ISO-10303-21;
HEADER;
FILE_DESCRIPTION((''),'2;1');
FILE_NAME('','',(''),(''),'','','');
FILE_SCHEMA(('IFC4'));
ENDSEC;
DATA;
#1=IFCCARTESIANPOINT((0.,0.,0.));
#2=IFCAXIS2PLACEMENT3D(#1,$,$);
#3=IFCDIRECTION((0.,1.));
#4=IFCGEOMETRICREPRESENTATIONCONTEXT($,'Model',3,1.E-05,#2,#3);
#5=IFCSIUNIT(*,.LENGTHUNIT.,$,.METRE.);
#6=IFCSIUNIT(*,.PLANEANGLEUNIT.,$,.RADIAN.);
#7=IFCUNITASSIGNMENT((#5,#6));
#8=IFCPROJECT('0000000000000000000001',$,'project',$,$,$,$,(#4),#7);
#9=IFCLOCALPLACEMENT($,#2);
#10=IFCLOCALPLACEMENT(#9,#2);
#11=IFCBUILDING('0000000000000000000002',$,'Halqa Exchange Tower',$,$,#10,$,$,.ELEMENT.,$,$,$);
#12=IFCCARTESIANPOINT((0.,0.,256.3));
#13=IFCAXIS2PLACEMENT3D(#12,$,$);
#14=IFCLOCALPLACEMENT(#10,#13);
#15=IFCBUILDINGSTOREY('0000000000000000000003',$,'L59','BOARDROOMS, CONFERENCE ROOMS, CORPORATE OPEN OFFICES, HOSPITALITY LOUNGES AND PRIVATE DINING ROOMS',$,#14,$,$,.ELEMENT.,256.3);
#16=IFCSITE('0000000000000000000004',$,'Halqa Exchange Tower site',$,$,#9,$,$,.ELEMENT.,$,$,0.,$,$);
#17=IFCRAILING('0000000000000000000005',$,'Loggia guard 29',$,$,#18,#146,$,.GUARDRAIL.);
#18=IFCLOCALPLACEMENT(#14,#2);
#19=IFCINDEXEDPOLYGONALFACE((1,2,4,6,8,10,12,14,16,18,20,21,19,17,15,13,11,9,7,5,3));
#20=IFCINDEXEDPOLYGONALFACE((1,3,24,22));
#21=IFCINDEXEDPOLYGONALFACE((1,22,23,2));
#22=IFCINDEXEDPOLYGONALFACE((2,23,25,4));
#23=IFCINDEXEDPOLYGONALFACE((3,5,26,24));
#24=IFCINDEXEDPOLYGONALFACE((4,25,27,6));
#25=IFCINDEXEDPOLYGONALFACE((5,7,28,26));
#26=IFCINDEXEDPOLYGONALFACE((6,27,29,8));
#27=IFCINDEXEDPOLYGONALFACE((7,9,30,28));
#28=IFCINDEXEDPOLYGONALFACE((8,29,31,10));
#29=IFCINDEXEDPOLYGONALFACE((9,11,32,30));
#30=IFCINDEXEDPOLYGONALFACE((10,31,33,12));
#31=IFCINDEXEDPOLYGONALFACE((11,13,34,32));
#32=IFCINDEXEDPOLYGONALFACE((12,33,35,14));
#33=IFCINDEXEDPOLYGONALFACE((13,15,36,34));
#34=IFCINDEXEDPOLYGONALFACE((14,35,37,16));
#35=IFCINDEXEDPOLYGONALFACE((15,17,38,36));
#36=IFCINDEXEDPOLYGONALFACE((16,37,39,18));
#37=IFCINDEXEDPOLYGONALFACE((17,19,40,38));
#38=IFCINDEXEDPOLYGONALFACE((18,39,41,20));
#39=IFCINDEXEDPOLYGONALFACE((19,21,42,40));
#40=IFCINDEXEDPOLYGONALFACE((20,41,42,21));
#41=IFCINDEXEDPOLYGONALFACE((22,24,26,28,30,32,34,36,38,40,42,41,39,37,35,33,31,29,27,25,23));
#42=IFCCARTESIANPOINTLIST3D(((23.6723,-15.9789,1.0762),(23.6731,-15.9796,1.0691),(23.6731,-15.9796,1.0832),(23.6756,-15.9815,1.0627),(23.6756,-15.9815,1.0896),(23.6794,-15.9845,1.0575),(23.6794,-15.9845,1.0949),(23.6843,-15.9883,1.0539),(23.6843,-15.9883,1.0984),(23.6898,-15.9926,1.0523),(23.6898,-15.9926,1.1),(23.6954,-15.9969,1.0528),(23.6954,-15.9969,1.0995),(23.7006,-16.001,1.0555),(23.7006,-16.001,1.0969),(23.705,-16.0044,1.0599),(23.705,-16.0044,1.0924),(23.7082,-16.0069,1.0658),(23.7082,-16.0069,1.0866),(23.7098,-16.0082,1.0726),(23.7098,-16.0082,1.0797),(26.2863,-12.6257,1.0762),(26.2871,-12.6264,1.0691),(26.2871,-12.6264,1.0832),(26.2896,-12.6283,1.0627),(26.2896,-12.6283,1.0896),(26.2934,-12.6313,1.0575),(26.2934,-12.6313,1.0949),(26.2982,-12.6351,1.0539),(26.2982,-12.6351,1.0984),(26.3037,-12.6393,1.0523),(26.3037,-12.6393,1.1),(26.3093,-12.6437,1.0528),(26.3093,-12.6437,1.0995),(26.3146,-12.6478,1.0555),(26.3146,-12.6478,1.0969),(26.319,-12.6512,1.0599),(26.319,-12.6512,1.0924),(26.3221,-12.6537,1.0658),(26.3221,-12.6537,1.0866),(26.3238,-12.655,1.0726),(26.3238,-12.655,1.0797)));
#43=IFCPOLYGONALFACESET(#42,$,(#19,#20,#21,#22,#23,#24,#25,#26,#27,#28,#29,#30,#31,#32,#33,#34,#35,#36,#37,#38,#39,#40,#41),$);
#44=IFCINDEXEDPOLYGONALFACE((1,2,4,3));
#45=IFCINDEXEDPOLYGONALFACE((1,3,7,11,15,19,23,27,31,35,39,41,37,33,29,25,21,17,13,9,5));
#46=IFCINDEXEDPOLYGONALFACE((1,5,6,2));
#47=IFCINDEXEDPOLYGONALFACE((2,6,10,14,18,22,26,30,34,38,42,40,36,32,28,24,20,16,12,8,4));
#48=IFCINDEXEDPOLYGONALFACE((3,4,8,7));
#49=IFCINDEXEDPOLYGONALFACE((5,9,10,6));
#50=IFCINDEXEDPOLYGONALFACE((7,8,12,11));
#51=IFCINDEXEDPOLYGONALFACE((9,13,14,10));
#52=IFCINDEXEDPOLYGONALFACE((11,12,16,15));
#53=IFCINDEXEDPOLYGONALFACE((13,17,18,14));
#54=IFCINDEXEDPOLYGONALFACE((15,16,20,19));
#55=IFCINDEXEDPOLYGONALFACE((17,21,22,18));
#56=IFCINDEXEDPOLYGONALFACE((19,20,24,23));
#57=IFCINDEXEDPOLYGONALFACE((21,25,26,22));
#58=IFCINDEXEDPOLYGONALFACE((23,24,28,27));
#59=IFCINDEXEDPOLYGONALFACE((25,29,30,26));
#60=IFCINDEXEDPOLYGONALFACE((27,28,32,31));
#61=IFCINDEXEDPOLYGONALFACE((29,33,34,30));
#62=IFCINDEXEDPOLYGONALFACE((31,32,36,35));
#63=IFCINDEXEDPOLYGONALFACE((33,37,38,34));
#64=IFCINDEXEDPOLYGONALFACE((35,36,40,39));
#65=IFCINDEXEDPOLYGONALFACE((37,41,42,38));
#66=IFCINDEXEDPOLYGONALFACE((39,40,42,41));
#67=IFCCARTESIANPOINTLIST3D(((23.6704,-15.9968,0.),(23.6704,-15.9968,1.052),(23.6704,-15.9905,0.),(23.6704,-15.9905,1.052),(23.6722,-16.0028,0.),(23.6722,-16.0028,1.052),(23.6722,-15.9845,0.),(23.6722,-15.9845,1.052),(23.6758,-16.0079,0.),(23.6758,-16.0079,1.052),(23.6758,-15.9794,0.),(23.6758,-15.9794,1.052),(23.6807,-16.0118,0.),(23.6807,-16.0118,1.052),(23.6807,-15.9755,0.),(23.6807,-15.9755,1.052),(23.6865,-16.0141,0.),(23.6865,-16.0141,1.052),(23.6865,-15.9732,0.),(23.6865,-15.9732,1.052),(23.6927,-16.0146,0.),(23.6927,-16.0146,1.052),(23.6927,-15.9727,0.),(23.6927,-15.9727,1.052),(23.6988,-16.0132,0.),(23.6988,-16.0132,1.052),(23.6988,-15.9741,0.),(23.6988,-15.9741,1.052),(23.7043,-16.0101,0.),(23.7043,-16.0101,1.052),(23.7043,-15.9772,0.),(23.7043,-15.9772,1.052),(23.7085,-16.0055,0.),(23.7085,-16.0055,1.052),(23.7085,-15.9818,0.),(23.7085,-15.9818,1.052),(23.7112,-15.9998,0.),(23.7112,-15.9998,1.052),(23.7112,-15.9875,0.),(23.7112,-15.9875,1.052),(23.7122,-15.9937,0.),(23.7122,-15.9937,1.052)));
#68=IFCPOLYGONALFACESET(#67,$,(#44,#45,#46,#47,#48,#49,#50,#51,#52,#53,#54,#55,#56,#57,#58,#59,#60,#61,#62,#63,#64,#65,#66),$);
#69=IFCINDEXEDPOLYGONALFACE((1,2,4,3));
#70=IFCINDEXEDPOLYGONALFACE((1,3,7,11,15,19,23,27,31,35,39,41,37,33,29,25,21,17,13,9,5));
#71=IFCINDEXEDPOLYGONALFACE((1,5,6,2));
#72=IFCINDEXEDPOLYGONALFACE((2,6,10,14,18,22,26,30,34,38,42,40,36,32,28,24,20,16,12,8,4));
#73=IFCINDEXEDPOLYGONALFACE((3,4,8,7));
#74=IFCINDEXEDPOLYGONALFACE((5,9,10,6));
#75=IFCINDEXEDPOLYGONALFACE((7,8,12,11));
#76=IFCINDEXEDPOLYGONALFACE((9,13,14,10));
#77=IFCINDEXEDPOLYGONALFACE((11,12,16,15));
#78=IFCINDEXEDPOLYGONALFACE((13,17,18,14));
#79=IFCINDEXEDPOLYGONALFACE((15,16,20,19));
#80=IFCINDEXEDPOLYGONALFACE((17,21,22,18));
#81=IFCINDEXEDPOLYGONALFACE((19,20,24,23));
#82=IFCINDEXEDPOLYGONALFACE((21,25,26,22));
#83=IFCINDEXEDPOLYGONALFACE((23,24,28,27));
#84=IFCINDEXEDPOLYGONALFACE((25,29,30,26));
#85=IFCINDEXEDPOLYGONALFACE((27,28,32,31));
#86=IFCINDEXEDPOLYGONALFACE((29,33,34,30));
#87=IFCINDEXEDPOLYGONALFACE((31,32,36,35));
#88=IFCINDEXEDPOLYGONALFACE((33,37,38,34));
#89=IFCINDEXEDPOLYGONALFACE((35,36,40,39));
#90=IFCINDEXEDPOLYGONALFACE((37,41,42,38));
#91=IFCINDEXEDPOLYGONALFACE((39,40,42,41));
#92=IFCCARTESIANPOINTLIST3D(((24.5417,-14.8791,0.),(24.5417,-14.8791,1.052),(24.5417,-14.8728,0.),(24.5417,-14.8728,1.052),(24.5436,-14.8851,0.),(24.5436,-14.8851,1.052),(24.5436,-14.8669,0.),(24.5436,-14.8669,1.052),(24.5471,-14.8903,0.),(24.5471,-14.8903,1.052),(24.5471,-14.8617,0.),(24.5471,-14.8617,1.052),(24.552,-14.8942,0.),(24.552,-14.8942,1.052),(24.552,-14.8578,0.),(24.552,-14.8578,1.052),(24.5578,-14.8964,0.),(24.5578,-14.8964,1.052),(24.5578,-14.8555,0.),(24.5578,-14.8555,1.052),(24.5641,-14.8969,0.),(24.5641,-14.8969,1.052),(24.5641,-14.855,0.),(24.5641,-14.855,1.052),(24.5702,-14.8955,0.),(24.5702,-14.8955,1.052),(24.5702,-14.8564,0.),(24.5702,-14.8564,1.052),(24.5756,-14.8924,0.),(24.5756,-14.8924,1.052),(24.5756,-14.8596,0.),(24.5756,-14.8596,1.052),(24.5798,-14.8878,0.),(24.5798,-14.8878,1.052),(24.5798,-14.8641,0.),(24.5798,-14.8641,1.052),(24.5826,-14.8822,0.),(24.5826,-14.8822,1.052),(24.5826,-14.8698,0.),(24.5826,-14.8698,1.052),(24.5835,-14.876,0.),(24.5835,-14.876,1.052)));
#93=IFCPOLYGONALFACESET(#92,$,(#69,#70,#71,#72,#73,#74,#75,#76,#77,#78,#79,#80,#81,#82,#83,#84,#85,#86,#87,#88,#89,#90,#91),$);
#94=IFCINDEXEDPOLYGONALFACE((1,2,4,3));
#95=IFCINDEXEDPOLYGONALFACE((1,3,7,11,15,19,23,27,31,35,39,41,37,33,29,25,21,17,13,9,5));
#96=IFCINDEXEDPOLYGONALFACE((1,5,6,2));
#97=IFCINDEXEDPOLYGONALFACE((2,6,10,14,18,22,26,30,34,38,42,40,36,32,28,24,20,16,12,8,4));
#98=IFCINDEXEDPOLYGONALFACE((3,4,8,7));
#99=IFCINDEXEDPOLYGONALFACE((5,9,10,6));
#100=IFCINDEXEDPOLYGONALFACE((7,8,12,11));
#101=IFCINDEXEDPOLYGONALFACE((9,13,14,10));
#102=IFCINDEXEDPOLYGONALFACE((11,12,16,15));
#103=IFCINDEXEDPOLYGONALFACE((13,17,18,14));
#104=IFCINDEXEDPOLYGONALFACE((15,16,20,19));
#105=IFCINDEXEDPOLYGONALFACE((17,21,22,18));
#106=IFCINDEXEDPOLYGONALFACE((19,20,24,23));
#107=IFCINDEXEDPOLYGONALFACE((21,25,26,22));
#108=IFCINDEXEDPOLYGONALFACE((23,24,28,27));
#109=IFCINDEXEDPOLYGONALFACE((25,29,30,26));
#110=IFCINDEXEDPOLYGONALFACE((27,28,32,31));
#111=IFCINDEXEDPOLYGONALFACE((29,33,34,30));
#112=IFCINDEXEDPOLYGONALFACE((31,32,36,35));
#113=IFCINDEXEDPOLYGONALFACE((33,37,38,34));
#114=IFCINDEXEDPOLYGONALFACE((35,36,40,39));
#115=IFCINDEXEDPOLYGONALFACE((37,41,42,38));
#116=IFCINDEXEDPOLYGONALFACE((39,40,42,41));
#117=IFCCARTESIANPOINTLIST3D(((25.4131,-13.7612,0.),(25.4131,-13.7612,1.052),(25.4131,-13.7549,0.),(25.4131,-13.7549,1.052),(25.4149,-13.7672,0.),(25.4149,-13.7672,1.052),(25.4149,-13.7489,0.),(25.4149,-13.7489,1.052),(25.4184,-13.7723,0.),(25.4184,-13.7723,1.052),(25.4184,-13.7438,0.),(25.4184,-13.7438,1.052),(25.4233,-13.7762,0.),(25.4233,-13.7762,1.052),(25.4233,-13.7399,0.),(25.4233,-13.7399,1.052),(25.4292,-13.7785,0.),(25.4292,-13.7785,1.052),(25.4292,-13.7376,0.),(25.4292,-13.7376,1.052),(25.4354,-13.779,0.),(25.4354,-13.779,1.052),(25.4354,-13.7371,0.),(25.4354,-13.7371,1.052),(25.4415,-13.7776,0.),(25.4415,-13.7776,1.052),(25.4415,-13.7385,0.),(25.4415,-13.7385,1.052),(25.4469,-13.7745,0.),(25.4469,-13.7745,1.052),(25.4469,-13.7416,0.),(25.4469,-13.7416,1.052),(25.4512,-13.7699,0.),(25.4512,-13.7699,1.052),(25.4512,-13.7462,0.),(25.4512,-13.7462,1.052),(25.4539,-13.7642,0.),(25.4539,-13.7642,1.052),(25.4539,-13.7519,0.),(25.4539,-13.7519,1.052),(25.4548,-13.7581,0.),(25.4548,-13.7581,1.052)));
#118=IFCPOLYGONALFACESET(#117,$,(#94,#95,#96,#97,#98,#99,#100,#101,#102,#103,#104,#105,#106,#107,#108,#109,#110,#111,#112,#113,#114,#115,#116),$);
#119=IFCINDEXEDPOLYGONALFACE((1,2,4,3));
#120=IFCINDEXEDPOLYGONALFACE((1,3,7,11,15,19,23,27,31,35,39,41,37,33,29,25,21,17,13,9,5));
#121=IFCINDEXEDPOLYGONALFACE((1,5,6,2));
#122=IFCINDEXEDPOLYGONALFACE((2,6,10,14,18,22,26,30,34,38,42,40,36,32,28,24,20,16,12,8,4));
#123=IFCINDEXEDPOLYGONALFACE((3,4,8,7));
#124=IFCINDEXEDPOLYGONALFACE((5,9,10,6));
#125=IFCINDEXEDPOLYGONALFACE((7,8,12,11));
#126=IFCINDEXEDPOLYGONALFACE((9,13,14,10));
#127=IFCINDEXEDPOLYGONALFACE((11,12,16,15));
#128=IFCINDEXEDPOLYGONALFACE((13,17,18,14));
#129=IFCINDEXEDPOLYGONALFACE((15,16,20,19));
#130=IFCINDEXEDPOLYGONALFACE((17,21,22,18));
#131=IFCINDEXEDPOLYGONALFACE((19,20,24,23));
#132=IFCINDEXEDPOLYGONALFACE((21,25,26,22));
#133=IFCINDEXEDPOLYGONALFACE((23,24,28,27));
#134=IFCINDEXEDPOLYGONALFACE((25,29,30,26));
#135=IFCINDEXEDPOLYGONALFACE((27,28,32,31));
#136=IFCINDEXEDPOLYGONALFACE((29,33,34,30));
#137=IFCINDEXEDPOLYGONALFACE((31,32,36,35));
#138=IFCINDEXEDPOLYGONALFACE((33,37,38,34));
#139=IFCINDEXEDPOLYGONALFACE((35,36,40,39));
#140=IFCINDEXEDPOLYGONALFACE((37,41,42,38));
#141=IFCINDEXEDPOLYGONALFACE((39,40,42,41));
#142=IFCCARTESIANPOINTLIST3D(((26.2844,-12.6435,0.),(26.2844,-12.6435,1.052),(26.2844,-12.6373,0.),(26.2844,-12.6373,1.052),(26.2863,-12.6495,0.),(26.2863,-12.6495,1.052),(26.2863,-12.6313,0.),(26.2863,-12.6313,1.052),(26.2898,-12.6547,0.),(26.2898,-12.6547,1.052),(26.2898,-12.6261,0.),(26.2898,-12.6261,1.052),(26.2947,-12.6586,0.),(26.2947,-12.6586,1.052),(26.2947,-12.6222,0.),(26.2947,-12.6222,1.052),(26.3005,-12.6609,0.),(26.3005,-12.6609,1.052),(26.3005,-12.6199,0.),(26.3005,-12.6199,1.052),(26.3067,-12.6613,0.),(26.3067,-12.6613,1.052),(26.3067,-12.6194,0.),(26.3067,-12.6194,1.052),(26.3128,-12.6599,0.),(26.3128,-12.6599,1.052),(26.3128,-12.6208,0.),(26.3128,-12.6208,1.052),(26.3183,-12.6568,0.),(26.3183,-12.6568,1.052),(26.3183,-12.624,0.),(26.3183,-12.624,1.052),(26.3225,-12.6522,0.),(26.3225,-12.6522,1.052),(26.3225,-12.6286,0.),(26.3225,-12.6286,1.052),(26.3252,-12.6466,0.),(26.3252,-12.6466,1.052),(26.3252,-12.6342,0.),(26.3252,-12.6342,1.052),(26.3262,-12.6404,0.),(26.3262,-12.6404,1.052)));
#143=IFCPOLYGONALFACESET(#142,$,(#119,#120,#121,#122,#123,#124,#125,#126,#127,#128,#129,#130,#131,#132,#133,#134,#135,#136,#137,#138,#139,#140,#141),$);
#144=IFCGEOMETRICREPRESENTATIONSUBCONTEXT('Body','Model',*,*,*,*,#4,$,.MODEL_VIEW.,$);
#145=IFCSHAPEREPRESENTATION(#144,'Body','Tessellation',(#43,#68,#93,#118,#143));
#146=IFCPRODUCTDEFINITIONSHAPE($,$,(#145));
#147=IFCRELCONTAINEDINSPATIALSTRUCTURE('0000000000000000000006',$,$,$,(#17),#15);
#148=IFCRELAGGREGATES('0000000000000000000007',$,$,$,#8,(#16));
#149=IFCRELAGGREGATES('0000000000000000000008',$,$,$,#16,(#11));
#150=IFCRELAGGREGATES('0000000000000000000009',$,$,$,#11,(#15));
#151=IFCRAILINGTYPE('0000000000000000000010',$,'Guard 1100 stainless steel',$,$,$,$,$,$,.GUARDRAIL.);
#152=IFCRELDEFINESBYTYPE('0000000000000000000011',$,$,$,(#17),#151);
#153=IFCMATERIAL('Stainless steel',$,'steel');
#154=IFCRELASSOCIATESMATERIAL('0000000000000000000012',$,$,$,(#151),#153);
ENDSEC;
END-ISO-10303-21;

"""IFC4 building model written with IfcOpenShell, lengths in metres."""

from ifc_helpers import new_model, si_unit, direction, frame, origin, origin_2d, place, context, subcontext, project, spatial, circle, extrude, material, type_object, element, save


model = new_model("IFC4")

# Units and contexts
model_context = context("Model", 3, precision=1e-05, world=origin(), true_north=direction((0.0, 1.0)))
body_context = subcontext(model_context, "Body", "Model", "MODEL_VIEW")
ifc_project = project(units=[si_unit("LENGTHUNIT", "METRE"), si_unit("PLANEANGLEUNIT", "RADIAN")], contexts=[model_context])

# Site, building, storey
site_placement = place(None, origin())
site = spatial("IfcSite", under=ifc_project, at=site_placement, Name="Halqa Exchange Tower site", CompositionType="ELEMENT", RefElevation=0.0)
building_placement = place(site_placement, origin())
building = spatial("IfcBuilding", under=site, at=building_placement, Name="Halqa Exchange Tower", CompositionType="ELEMENT")
storey_placement = place(building_placement, frame((0.0, 0.0, 256.3)))
storey = spatial("IfcBuildingStorey", under=building, at=storey_placement, Name="L59", Description="BOARDROOMS, CONFERENCE ROOMS, CORPORATE OPEN OFFICES, HOSPITALITY LOUNGES AND PRIVATE DINING ROOMS", CompositionType="ELEMENT", Elevation=256.3)

# Railing
ifc_material_1 = material(Name="Stainless steel", Category="steel")
railing_type = type_object("IfcRailingType", Name="Guard 1100 stainless steel", PredefinedType="GUARDRAIL", material=ifc_material_1)
railing_1_placement = place(storey_placement, frame((23.6912, -15.9937, 0.0)))
element("IfcRailing", 1, at=railing_1_placement, inside=storey, type_object=railing_type, Name="Loggia guard 29", PredefinedType="GUARDRAIL", context=body_context, shape_type="SweptSolid", body=[
    extrude(circle(Radius=0.0239, at=origin_2d()), frame((0.0, 0.0, 1.0762), z_axis=(0.614807, 0.788678, 0.0), x_axis=(-0.788678, 0.614807, 0.0)), (0.0, 0.0, 1.0), 4.2517),
    extrude(circle(Radius=0.021, at=origin_2d()), origin(), (0.0, 0.0, 1.0), 1.052),
    extrude(circle(Radius=0.021, at=origin_2d()), frame((0.8713, 1.1177, 0.0)), (0.0, 0.0, 1.0), 1.052),
    extrude(circle(Radius=0.021, at=origin_2d()), frame((1.7427, 2.2356, 0.0)), (0.0, 0.0, 1.0), 1.052),
    extrude(circle(Radius=0.021, at=origin_2d()), frame((2.614, 3.3533, 0.0)), (0.0, 0.0, 1.0), 1.052),
])

save(model, "model.ifc")
